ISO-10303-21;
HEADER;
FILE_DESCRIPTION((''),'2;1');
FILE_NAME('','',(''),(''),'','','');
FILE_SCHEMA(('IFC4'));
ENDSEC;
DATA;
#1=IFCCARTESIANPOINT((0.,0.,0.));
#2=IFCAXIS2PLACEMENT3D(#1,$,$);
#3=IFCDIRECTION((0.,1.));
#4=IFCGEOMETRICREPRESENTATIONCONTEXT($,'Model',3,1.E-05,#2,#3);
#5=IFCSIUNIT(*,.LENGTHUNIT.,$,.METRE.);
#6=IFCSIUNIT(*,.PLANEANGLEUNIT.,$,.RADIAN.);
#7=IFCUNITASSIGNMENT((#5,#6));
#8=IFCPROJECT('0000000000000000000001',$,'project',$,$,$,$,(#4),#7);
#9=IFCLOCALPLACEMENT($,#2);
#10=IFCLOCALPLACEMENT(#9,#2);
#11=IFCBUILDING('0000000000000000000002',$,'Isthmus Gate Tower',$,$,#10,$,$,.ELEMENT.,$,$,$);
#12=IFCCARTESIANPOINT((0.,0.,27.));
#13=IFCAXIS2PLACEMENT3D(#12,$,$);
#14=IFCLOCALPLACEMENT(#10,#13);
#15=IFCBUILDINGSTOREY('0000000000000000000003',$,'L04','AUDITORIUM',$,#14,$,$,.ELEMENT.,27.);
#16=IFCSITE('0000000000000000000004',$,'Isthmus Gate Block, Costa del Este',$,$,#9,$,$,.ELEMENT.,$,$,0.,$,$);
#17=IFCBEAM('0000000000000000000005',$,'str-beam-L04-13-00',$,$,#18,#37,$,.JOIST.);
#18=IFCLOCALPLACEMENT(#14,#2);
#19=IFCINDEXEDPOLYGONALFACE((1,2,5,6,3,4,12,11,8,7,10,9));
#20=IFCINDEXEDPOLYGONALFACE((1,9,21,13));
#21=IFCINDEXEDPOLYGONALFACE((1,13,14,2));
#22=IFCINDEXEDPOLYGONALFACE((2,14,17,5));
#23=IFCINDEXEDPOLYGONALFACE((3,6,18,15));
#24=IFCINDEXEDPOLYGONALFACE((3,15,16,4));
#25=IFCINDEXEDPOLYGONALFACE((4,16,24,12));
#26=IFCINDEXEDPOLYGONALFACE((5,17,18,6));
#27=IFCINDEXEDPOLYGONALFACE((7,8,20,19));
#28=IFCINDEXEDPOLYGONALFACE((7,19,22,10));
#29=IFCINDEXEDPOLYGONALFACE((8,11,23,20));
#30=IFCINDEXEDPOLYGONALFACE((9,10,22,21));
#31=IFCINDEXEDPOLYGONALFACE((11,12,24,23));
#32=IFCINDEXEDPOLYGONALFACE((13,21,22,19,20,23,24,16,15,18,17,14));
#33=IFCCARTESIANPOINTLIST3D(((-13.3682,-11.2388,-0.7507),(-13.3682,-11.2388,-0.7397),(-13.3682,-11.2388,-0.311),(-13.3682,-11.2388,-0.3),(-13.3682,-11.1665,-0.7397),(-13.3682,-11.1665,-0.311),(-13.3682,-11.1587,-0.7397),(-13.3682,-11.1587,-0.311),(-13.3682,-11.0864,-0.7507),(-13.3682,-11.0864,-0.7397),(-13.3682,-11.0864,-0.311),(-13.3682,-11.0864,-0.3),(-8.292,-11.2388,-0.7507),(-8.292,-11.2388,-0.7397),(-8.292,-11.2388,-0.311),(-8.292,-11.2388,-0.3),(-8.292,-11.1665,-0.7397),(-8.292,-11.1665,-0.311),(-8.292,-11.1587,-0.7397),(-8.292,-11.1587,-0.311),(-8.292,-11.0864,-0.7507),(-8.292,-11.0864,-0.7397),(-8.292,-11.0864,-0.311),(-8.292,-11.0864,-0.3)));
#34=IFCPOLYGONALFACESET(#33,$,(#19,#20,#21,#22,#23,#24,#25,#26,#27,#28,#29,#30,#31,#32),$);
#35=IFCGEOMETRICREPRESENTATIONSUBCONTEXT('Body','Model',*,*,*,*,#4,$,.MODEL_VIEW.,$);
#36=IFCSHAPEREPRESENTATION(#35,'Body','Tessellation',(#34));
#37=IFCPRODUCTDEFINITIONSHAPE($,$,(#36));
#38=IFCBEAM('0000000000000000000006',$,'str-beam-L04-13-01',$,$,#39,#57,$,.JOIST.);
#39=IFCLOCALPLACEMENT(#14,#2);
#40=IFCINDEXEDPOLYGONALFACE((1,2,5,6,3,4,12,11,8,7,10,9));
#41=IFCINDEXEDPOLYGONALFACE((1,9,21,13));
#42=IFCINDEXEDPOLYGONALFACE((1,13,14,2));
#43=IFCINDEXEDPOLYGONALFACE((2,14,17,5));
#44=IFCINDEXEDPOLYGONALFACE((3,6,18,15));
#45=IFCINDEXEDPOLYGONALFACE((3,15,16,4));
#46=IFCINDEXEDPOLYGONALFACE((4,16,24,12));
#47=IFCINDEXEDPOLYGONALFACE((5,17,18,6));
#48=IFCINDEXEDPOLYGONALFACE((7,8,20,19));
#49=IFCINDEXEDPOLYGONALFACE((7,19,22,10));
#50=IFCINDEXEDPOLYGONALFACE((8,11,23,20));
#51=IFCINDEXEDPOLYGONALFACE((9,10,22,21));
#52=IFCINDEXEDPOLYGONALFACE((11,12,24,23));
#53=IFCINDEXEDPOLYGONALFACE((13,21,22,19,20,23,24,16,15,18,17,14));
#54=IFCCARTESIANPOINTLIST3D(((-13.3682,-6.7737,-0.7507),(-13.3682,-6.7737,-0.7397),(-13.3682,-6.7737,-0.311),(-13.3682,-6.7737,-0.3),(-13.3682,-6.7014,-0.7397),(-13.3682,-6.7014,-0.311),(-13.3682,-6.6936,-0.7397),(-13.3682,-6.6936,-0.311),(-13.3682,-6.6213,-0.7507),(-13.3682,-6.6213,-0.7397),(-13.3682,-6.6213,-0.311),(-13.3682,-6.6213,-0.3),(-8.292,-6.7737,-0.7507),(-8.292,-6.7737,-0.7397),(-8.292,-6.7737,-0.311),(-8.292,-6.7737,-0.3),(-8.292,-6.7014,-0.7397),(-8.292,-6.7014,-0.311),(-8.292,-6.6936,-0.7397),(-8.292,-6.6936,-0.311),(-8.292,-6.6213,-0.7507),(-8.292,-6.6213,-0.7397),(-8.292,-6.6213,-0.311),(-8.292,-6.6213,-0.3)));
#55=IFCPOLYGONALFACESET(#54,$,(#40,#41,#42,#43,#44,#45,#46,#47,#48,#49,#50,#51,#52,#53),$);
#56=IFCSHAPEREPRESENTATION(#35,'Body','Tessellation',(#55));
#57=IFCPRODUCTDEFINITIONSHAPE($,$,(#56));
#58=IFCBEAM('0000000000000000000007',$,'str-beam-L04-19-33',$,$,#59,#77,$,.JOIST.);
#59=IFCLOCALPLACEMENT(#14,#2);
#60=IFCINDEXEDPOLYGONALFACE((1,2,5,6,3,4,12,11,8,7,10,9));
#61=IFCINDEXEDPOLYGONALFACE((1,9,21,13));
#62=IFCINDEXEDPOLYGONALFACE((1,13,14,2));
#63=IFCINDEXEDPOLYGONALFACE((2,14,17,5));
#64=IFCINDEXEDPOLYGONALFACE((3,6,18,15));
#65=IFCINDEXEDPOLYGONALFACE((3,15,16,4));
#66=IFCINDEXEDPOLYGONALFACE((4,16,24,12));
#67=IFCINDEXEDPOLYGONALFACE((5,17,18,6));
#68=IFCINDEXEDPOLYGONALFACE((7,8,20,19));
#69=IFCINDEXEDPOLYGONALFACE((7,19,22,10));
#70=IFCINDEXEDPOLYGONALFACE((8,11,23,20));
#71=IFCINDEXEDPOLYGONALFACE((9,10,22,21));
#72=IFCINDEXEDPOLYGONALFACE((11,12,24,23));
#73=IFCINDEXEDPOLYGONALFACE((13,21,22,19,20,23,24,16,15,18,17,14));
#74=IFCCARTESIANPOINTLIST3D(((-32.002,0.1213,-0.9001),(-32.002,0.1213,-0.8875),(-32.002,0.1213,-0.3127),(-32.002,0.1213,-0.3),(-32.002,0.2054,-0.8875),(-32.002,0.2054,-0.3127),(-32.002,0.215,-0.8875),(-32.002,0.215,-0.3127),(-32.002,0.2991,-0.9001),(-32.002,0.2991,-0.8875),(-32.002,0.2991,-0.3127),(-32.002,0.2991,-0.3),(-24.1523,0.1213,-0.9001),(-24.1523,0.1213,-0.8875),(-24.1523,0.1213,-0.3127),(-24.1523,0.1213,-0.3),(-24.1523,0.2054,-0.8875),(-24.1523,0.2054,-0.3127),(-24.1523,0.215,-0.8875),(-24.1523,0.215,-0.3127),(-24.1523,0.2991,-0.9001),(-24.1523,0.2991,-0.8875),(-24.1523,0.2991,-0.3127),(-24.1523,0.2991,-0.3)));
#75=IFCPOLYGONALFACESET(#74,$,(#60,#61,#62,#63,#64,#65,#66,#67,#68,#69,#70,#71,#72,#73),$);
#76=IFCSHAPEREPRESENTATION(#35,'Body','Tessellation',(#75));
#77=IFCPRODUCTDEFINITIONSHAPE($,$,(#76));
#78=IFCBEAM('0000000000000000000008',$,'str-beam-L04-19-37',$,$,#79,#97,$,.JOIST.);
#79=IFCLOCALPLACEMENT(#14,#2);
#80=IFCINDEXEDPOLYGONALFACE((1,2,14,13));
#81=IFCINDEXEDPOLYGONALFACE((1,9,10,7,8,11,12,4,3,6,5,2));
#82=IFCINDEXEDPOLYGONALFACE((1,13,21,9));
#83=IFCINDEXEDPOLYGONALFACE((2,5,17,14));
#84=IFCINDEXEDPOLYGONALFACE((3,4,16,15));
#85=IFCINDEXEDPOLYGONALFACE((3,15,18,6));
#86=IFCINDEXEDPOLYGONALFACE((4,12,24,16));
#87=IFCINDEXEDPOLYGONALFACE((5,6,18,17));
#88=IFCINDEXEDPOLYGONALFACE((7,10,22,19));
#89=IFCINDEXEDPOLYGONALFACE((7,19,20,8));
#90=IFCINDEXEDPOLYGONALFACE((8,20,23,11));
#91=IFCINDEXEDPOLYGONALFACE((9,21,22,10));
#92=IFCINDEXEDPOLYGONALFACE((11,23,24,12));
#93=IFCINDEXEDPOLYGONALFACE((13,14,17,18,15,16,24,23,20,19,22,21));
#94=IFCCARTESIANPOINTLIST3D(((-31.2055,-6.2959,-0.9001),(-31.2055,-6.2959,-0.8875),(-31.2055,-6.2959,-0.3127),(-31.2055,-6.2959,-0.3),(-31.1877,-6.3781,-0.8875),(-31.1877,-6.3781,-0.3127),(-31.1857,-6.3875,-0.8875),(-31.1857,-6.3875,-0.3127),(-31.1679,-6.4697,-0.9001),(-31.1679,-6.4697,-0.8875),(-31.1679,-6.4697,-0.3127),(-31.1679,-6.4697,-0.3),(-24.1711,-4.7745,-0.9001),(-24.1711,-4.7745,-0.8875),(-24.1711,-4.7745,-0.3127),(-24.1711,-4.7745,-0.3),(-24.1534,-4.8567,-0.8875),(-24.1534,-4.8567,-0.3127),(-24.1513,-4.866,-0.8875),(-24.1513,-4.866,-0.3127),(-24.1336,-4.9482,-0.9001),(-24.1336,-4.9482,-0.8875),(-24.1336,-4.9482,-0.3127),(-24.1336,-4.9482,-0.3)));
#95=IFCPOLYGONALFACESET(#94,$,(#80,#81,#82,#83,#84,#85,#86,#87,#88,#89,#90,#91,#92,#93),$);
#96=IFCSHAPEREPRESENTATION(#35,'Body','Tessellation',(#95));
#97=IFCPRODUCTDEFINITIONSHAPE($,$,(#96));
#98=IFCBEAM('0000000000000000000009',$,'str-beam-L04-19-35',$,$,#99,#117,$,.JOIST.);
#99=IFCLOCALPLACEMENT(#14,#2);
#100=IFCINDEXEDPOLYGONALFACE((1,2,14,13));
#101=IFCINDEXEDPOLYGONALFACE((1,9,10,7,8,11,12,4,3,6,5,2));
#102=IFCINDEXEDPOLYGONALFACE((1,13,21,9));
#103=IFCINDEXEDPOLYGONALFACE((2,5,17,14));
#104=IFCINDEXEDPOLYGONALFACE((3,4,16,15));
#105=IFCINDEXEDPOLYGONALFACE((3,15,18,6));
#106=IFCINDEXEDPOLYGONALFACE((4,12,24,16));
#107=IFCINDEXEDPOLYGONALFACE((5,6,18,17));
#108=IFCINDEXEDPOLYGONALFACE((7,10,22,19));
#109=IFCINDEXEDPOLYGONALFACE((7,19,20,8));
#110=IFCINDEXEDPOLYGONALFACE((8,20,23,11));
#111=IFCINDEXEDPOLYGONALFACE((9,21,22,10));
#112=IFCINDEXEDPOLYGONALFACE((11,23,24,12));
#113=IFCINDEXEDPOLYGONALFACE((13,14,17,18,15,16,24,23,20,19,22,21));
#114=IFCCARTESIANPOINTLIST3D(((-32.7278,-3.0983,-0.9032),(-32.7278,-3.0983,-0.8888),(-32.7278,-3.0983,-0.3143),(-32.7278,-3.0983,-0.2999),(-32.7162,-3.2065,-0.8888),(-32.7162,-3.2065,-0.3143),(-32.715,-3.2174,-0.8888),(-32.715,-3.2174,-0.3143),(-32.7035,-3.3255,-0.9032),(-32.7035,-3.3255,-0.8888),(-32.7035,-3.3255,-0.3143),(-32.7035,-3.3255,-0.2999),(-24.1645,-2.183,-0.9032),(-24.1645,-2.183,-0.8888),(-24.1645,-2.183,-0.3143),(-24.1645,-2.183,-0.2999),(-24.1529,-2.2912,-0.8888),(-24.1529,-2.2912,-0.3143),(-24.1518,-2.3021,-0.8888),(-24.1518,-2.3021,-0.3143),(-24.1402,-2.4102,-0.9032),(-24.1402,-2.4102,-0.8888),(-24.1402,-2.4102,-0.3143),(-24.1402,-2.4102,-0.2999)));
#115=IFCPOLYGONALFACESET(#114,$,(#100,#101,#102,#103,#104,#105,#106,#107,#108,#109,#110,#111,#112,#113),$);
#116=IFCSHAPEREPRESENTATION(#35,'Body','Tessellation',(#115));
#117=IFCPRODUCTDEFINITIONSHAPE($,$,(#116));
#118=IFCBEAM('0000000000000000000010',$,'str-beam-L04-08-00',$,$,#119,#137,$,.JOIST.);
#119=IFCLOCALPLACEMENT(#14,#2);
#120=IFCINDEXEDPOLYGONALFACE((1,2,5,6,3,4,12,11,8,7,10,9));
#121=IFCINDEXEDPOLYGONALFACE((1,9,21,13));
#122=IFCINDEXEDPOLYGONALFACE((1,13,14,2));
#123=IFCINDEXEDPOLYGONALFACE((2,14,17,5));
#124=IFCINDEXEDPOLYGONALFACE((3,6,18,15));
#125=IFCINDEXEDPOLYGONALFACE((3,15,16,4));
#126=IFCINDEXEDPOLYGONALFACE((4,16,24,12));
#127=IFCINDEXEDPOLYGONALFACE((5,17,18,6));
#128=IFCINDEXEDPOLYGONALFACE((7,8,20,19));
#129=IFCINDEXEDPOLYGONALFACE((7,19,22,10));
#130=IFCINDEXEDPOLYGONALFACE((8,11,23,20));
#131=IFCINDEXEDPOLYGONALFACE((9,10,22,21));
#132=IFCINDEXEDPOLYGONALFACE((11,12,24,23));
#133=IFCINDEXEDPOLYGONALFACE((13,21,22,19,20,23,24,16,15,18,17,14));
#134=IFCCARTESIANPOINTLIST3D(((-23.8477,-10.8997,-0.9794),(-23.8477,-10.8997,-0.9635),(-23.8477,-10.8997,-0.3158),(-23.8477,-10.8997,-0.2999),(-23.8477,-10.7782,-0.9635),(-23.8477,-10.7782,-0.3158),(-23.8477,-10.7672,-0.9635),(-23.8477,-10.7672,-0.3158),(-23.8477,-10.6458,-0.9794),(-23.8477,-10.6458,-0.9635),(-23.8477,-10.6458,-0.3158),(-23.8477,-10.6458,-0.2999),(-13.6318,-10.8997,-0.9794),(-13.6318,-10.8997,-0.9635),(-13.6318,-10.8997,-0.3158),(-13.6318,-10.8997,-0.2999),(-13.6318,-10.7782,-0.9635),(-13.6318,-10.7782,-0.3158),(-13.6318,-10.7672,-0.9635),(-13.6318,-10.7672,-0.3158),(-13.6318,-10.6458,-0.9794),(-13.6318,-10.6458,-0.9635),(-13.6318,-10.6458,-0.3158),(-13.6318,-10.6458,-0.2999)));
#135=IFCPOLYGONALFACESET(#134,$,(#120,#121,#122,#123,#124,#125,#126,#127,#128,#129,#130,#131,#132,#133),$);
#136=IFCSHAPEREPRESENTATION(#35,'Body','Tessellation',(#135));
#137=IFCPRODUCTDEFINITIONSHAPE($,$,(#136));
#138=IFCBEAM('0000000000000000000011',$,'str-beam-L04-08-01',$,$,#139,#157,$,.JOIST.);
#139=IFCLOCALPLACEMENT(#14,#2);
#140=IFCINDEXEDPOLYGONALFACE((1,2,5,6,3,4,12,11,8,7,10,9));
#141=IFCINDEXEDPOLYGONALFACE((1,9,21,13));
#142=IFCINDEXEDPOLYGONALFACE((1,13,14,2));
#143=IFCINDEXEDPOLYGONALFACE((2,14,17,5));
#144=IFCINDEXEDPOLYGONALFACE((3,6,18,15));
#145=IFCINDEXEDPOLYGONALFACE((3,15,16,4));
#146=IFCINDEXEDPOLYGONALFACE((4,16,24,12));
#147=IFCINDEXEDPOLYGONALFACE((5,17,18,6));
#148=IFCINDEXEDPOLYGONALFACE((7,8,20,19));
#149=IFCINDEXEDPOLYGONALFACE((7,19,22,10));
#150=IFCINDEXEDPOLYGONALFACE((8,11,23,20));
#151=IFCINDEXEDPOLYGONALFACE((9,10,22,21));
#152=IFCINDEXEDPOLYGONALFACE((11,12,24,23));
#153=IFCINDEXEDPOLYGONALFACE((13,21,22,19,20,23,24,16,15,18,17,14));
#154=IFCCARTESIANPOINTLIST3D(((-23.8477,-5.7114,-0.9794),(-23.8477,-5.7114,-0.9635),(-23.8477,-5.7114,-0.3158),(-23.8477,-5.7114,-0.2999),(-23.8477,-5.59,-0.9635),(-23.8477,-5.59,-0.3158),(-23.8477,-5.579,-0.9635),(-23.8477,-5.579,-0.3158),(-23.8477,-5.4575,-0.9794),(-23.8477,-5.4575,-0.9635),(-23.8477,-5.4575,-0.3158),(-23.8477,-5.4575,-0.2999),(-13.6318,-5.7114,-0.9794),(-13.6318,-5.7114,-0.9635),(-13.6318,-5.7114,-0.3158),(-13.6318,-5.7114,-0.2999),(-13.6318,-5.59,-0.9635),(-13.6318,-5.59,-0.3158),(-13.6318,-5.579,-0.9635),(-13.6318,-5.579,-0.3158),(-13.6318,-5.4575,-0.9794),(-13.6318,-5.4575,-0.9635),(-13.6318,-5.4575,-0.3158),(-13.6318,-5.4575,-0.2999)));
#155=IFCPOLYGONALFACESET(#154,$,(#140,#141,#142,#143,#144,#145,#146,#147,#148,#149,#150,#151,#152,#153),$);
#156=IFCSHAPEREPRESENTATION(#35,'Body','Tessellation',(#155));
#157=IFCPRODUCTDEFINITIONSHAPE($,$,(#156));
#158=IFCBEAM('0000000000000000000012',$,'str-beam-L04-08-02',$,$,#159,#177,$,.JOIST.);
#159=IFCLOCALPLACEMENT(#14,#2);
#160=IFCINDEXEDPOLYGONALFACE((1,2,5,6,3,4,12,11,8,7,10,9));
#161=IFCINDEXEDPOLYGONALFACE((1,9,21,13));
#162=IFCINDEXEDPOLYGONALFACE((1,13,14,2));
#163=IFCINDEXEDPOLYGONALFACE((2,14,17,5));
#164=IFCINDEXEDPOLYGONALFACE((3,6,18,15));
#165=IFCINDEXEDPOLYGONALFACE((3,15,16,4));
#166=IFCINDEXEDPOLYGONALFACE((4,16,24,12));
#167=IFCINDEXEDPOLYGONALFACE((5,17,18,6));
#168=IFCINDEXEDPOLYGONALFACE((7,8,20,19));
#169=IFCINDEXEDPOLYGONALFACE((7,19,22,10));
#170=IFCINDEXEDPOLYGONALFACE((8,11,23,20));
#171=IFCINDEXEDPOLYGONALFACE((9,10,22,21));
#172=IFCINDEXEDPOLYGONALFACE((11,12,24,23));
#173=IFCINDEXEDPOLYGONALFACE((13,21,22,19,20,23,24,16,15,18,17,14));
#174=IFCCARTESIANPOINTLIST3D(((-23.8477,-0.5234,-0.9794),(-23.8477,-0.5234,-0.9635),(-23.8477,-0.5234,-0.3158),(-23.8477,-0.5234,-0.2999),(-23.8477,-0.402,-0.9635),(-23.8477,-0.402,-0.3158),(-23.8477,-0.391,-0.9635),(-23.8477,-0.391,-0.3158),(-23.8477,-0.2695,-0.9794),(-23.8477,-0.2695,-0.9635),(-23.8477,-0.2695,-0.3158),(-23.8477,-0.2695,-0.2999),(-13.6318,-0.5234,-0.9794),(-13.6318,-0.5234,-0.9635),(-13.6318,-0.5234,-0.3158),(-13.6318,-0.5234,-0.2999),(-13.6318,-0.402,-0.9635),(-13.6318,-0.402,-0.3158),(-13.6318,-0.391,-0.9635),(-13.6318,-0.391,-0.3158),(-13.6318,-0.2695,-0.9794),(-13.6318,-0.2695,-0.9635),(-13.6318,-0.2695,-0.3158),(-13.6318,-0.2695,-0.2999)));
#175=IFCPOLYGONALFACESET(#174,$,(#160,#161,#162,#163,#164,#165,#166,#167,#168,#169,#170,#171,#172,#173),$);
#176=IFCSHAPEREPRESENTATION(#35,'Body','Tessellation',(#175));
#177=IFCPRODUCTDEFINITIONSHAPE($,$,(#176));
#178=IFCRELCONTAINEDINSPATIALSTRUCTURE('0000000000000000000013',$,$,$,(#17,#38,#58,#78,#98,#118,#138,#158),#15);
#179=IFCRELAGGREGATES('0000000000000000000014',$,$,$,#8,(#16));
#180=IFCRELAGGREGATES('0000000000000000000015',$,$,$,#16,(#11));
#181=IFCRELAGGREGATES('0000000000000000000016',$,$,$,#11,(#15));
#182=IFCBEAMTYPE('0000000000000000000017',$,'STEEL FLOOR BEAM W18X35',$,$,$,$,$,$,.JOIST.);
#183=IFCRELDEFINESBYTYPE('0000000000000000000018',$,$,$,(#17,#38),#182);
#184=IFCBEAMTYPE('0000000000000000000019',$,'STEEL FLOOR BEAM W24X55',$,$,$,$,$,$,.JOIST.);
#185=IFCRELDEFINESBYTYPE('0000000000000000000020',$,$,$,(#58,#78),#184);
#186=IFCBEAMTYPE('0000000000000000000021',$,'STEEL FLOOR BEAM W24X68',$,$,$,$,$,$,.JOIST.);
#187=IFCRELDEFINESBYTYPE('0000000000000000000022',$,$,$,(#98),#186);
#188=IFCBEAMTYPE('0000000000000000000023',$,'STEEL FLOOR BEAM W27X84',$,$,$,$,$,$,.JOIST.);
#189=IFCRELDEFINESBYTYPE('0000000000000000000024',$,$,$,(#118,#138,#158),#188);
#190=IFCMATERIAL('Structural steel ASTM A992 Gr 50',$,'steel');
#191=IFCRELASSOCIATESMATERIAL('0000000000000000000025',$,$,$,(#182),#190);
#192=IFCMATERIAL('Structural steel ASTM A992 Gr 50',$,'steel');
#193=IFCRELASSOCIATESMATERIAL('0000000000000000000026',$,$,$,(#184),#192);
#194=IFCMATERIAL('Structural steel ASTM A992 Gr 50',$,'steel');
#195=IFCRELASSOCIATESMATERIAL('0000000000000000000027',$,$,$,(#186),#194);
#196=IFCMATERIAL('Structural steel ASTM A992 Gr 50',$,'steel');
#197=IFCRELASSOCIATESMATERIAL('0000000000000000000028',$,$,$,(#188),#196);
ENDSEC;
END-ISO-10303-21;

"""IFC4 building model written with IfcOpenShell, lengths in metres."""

from ifc_helpers import new_model, si_unit, direction, frame, origin, origin_2d, place, context, subcontext, project, spatial, i_section, extrude, material, material_profile, profile_set, type_object, element, save


model = new_model("IFC4")

# Units and contexts
model_context = context("Model", 3, precision=1e-05, world=origin(), true_north=direction((0.0, 1.0)))
body_context = subcontext(model_context, "Body", "Model", "MODEL_VIEW")
ifc_project = project(units=[si_unit("LENGTHUNIT", "METRE"), si_unit("PLANEANGLEUNIT", "RADIAN")], contexts=[model_context])

# Site, building, storey
site_placement = place(None, origin())
site = spatial("IfcSite", under=ifc_project, at=site_placement, Name="Isthmus Gate Block, Costa del Este", CompositionType="ELEMENT", RefElevation=0.0)
building_placement = place(site_placement, origin())
building = spatial("IfcBuilding", under=site, at=building_placement, Name="Isthmus Gate Tower", CompositionType="ELEMENT")
storey_placement = place(building_placement, frame((0.0, 0.0, 27.0)))
storey = spatial("IfcBuildingStorey", under=building, at=storey_placement, Name="L04", Description="AUDITORIUM", CompositionType="ELEMENT", Elevation=27.0)

# Beams
ifc_material_1 = material(Name="Structural steel ASTM A992 Gr 50", Category="steel")
ifc_material_profile_1 = material_profile(ifc_material_1, i_section(OverallWidth=0.1523, OverallDepth=0.4507, WebThickness=0.0078, FlangeThickness=0.011, at=origin_2d()), Name="W18X35")
ifc_profile_set_1 = profile_set([ifc_material_profile_1], Name="Structural steel ASTM A992 Gr 50")
beam_type_1 = type_object("IfcBeamType", Name="STEEL FLOOR BEAM W18X35", PredefinedType="JOIST", material=ifc_profile_set_1)
for number, where, z_axis, x_axis, name in (
    (1, (-13.3682, -11.1626, -0.5254), (1.0, 0.0, 0.0), (0.0, 1.0, 0.0), "str-beam-L04-13-00"),
    (2, (-13.3682, -6.6975, -0.5254), (1.0, 0.0, 0.0), (0.0, 1.0, 0.0), "str-beam-L04-13-01"),
):
    element("IfcBeam", number, at=place(storey_placement, frame(where, z_axis=z_axis, x_axis=x_axis)), inside=storey, type_object=beam_type_1, Name=name, PredefinedType="JOIST", context=body_context, shape_type="SweptSolid", body=[
        extrude(i_section(OverallWidth=0.1523, OverallDepth=0.4507, WebThickness=0.0078, FlangeThickness=0.011, at=origin_2d()), origin(), (0.0, 0.0, 1.0), 5.0762),
    ])
ifc_material_2 = material(Name="Structural steel ASTM A992 Gr 50", Category="steel")
ifc_material_profile_2 = material_profile(ifc_material_2, i_section(OverallWidth=0.1777, OverallDepth=0.6001, WebThickness=0.0095, FlangeThickness=0.0127, at=origin_2d()), Name="W24X55")
ifc_profile_set_2 = profile_set([ifc_material_profile_2], Name="Structural steel ASTM A992 Gr 50")
beam_type_2 = type_object("IfcBeamType", Name="STEEL FLOOR BEAM W24X55", PredefinedType="JOIST", material=ifc_profile_set_2)
beam_1_placement = place(storey_placement, frame((-24.1523, 0.2102, -0.6001), z_axis=(-1.0, 0.0, 0.0), x_axis=(0.0, -1.0, 0.0)))
element("IfcBeam", 3, at=beam_1_placement, inside=storey, type_object=beam_type_2, Name="str-beam-L04-19-33", PredefinedType="JOIST", context=body_context, shape_type="SweptSolid", body=[
    extrude(i_section(OverallWidth=0.1777, OverallDepth=0.6001, WebThickness=0.0095, FlangeThickness=0.0127, at=origin_2d()), origin(), (0.0, 0.0, 1.0), 7.8496),
])
beam_2_placement = place(storey_placement, frame((-24.1523, -4.8613, -0.6001), z_axis=(-0.977399, -0.211403, 0.0), x_axis=(0.211403, -0.977399, 0.0)))
element("IfcBeam", 4, at=beam_2_placement, inside=storey, type_object=beam_type_2, Name="str-beam-L04-19-37", PredefinedType="JOIST", context=body_context, shape_type="SweptSolid", body=[
    extrude(i_section(OverallWidth=0.1777, OverallDepth=0.6001, WebThickness=0.0095, FlangeThickness=0.0127, at=origin_2d()), origin(), (0.0, 0.0, 1.0), 7.197),
])
ifc_material_3 = material(Name="Structural steel ASTM A992 Gr 50", Category="steel")
ifc_material_profile_3 = material_profile(ifc_material_3, i_section(OverallWidth=0.2285, OverallDepth=0.6033, WebThickness=0.011, FlangeThickness=0.0144, at=origin_2d()), Name="W24X68")
ifc_profile_set_3 = profile_set([ifc_material_profile_3], Name="Structural steel ASTM A992 Gr 50")
beam_type_3 = type_object("IfcBeamType", Name="STEEL FLOOR BEAM W24X68", PredefinedType="JOIST", material=ifc_profile_set_3)
beam_3_placement = place(storey_placement, frame((-24.1523, -2.2966, -0.6016), z_axis=(-0.994336, -0.10628, 0.0), x_axis=(0.10628, -0.994336, 0.0)))
element("IfcBeam", 5, at=beam_3_placement, inside=storey, type_object=beam_type_3, Name="str-beam-L04-19-35", PredefinedType="JOIST", context=body_context, shape_type="SweptSolid", body=[
    extrude(i_section(OverallWidth=0.2285, OverallDepth=0.6033, WebThickness=0.011, FlangeThickness=0.0144, at=origin_2d()), origin(), (0.0, 0.0, 1.0), 8.6121),
])
ifc_material_4 = material(Name="Structural steel ASTM A992 Gr 50", Category="steel")
ifc_material_profile_4 = material_profile(ifc_material_4, i_section(OverallWidth=0.2539, OverallDepth=0.6794, WebThickness=0.011, FlangeThickness=0.0159, at=origin_2d()), Name="W27X84")
ifc_profile_set_4 = profile_set([ifc_material_profile_4], Name="Structural steel ASTM A992 Gr 50")
beam_type_4 = type_object("IfcBeamType", Name="STEEL FLOOR BEAM W27X84", PredefinedType="JOIST", material=ifc_profile_set_4)
for number, where, z_axis, x_axis, name in (
    (6, (-23.8477, -10.7727, -0.6396), (1.0, 0.0, 0.0), (0.0, 1.0, 0.0), "str-beam-L04-08-00"),
    (7, (-23.8477, -5.5845, -0.6396), (1.0, 0.0, 0.0), (0.0, 1.0, 0.0), "str-beam-L04-08-01"),
    (8, (-23.8477, -0.3965, -0.6396), (1.0, 0.0, 0.0), (0.0, 1.0, 0.0), "str-beam-L04-08-02"),
):
    element("IfcBeam", number, at=place(storey_placement, frame(where, z_axis=z_axis, x_axis=x_axis)), inside=storey, type_object=beam_type_4, Name=name, PredefinedType="JOIST", context=body_context, shape_type="SweptSolid", body=[
        extrude(i_section(OverallWidth=0.2539, OverallDepth=0.6794, WebThickness=0.011, FlangeThickness=0.0159, at=origin_2d()), origin(), (0.0, 0.0, 1.0), 10.2158),
    ])

save(model, "model.ifc")
